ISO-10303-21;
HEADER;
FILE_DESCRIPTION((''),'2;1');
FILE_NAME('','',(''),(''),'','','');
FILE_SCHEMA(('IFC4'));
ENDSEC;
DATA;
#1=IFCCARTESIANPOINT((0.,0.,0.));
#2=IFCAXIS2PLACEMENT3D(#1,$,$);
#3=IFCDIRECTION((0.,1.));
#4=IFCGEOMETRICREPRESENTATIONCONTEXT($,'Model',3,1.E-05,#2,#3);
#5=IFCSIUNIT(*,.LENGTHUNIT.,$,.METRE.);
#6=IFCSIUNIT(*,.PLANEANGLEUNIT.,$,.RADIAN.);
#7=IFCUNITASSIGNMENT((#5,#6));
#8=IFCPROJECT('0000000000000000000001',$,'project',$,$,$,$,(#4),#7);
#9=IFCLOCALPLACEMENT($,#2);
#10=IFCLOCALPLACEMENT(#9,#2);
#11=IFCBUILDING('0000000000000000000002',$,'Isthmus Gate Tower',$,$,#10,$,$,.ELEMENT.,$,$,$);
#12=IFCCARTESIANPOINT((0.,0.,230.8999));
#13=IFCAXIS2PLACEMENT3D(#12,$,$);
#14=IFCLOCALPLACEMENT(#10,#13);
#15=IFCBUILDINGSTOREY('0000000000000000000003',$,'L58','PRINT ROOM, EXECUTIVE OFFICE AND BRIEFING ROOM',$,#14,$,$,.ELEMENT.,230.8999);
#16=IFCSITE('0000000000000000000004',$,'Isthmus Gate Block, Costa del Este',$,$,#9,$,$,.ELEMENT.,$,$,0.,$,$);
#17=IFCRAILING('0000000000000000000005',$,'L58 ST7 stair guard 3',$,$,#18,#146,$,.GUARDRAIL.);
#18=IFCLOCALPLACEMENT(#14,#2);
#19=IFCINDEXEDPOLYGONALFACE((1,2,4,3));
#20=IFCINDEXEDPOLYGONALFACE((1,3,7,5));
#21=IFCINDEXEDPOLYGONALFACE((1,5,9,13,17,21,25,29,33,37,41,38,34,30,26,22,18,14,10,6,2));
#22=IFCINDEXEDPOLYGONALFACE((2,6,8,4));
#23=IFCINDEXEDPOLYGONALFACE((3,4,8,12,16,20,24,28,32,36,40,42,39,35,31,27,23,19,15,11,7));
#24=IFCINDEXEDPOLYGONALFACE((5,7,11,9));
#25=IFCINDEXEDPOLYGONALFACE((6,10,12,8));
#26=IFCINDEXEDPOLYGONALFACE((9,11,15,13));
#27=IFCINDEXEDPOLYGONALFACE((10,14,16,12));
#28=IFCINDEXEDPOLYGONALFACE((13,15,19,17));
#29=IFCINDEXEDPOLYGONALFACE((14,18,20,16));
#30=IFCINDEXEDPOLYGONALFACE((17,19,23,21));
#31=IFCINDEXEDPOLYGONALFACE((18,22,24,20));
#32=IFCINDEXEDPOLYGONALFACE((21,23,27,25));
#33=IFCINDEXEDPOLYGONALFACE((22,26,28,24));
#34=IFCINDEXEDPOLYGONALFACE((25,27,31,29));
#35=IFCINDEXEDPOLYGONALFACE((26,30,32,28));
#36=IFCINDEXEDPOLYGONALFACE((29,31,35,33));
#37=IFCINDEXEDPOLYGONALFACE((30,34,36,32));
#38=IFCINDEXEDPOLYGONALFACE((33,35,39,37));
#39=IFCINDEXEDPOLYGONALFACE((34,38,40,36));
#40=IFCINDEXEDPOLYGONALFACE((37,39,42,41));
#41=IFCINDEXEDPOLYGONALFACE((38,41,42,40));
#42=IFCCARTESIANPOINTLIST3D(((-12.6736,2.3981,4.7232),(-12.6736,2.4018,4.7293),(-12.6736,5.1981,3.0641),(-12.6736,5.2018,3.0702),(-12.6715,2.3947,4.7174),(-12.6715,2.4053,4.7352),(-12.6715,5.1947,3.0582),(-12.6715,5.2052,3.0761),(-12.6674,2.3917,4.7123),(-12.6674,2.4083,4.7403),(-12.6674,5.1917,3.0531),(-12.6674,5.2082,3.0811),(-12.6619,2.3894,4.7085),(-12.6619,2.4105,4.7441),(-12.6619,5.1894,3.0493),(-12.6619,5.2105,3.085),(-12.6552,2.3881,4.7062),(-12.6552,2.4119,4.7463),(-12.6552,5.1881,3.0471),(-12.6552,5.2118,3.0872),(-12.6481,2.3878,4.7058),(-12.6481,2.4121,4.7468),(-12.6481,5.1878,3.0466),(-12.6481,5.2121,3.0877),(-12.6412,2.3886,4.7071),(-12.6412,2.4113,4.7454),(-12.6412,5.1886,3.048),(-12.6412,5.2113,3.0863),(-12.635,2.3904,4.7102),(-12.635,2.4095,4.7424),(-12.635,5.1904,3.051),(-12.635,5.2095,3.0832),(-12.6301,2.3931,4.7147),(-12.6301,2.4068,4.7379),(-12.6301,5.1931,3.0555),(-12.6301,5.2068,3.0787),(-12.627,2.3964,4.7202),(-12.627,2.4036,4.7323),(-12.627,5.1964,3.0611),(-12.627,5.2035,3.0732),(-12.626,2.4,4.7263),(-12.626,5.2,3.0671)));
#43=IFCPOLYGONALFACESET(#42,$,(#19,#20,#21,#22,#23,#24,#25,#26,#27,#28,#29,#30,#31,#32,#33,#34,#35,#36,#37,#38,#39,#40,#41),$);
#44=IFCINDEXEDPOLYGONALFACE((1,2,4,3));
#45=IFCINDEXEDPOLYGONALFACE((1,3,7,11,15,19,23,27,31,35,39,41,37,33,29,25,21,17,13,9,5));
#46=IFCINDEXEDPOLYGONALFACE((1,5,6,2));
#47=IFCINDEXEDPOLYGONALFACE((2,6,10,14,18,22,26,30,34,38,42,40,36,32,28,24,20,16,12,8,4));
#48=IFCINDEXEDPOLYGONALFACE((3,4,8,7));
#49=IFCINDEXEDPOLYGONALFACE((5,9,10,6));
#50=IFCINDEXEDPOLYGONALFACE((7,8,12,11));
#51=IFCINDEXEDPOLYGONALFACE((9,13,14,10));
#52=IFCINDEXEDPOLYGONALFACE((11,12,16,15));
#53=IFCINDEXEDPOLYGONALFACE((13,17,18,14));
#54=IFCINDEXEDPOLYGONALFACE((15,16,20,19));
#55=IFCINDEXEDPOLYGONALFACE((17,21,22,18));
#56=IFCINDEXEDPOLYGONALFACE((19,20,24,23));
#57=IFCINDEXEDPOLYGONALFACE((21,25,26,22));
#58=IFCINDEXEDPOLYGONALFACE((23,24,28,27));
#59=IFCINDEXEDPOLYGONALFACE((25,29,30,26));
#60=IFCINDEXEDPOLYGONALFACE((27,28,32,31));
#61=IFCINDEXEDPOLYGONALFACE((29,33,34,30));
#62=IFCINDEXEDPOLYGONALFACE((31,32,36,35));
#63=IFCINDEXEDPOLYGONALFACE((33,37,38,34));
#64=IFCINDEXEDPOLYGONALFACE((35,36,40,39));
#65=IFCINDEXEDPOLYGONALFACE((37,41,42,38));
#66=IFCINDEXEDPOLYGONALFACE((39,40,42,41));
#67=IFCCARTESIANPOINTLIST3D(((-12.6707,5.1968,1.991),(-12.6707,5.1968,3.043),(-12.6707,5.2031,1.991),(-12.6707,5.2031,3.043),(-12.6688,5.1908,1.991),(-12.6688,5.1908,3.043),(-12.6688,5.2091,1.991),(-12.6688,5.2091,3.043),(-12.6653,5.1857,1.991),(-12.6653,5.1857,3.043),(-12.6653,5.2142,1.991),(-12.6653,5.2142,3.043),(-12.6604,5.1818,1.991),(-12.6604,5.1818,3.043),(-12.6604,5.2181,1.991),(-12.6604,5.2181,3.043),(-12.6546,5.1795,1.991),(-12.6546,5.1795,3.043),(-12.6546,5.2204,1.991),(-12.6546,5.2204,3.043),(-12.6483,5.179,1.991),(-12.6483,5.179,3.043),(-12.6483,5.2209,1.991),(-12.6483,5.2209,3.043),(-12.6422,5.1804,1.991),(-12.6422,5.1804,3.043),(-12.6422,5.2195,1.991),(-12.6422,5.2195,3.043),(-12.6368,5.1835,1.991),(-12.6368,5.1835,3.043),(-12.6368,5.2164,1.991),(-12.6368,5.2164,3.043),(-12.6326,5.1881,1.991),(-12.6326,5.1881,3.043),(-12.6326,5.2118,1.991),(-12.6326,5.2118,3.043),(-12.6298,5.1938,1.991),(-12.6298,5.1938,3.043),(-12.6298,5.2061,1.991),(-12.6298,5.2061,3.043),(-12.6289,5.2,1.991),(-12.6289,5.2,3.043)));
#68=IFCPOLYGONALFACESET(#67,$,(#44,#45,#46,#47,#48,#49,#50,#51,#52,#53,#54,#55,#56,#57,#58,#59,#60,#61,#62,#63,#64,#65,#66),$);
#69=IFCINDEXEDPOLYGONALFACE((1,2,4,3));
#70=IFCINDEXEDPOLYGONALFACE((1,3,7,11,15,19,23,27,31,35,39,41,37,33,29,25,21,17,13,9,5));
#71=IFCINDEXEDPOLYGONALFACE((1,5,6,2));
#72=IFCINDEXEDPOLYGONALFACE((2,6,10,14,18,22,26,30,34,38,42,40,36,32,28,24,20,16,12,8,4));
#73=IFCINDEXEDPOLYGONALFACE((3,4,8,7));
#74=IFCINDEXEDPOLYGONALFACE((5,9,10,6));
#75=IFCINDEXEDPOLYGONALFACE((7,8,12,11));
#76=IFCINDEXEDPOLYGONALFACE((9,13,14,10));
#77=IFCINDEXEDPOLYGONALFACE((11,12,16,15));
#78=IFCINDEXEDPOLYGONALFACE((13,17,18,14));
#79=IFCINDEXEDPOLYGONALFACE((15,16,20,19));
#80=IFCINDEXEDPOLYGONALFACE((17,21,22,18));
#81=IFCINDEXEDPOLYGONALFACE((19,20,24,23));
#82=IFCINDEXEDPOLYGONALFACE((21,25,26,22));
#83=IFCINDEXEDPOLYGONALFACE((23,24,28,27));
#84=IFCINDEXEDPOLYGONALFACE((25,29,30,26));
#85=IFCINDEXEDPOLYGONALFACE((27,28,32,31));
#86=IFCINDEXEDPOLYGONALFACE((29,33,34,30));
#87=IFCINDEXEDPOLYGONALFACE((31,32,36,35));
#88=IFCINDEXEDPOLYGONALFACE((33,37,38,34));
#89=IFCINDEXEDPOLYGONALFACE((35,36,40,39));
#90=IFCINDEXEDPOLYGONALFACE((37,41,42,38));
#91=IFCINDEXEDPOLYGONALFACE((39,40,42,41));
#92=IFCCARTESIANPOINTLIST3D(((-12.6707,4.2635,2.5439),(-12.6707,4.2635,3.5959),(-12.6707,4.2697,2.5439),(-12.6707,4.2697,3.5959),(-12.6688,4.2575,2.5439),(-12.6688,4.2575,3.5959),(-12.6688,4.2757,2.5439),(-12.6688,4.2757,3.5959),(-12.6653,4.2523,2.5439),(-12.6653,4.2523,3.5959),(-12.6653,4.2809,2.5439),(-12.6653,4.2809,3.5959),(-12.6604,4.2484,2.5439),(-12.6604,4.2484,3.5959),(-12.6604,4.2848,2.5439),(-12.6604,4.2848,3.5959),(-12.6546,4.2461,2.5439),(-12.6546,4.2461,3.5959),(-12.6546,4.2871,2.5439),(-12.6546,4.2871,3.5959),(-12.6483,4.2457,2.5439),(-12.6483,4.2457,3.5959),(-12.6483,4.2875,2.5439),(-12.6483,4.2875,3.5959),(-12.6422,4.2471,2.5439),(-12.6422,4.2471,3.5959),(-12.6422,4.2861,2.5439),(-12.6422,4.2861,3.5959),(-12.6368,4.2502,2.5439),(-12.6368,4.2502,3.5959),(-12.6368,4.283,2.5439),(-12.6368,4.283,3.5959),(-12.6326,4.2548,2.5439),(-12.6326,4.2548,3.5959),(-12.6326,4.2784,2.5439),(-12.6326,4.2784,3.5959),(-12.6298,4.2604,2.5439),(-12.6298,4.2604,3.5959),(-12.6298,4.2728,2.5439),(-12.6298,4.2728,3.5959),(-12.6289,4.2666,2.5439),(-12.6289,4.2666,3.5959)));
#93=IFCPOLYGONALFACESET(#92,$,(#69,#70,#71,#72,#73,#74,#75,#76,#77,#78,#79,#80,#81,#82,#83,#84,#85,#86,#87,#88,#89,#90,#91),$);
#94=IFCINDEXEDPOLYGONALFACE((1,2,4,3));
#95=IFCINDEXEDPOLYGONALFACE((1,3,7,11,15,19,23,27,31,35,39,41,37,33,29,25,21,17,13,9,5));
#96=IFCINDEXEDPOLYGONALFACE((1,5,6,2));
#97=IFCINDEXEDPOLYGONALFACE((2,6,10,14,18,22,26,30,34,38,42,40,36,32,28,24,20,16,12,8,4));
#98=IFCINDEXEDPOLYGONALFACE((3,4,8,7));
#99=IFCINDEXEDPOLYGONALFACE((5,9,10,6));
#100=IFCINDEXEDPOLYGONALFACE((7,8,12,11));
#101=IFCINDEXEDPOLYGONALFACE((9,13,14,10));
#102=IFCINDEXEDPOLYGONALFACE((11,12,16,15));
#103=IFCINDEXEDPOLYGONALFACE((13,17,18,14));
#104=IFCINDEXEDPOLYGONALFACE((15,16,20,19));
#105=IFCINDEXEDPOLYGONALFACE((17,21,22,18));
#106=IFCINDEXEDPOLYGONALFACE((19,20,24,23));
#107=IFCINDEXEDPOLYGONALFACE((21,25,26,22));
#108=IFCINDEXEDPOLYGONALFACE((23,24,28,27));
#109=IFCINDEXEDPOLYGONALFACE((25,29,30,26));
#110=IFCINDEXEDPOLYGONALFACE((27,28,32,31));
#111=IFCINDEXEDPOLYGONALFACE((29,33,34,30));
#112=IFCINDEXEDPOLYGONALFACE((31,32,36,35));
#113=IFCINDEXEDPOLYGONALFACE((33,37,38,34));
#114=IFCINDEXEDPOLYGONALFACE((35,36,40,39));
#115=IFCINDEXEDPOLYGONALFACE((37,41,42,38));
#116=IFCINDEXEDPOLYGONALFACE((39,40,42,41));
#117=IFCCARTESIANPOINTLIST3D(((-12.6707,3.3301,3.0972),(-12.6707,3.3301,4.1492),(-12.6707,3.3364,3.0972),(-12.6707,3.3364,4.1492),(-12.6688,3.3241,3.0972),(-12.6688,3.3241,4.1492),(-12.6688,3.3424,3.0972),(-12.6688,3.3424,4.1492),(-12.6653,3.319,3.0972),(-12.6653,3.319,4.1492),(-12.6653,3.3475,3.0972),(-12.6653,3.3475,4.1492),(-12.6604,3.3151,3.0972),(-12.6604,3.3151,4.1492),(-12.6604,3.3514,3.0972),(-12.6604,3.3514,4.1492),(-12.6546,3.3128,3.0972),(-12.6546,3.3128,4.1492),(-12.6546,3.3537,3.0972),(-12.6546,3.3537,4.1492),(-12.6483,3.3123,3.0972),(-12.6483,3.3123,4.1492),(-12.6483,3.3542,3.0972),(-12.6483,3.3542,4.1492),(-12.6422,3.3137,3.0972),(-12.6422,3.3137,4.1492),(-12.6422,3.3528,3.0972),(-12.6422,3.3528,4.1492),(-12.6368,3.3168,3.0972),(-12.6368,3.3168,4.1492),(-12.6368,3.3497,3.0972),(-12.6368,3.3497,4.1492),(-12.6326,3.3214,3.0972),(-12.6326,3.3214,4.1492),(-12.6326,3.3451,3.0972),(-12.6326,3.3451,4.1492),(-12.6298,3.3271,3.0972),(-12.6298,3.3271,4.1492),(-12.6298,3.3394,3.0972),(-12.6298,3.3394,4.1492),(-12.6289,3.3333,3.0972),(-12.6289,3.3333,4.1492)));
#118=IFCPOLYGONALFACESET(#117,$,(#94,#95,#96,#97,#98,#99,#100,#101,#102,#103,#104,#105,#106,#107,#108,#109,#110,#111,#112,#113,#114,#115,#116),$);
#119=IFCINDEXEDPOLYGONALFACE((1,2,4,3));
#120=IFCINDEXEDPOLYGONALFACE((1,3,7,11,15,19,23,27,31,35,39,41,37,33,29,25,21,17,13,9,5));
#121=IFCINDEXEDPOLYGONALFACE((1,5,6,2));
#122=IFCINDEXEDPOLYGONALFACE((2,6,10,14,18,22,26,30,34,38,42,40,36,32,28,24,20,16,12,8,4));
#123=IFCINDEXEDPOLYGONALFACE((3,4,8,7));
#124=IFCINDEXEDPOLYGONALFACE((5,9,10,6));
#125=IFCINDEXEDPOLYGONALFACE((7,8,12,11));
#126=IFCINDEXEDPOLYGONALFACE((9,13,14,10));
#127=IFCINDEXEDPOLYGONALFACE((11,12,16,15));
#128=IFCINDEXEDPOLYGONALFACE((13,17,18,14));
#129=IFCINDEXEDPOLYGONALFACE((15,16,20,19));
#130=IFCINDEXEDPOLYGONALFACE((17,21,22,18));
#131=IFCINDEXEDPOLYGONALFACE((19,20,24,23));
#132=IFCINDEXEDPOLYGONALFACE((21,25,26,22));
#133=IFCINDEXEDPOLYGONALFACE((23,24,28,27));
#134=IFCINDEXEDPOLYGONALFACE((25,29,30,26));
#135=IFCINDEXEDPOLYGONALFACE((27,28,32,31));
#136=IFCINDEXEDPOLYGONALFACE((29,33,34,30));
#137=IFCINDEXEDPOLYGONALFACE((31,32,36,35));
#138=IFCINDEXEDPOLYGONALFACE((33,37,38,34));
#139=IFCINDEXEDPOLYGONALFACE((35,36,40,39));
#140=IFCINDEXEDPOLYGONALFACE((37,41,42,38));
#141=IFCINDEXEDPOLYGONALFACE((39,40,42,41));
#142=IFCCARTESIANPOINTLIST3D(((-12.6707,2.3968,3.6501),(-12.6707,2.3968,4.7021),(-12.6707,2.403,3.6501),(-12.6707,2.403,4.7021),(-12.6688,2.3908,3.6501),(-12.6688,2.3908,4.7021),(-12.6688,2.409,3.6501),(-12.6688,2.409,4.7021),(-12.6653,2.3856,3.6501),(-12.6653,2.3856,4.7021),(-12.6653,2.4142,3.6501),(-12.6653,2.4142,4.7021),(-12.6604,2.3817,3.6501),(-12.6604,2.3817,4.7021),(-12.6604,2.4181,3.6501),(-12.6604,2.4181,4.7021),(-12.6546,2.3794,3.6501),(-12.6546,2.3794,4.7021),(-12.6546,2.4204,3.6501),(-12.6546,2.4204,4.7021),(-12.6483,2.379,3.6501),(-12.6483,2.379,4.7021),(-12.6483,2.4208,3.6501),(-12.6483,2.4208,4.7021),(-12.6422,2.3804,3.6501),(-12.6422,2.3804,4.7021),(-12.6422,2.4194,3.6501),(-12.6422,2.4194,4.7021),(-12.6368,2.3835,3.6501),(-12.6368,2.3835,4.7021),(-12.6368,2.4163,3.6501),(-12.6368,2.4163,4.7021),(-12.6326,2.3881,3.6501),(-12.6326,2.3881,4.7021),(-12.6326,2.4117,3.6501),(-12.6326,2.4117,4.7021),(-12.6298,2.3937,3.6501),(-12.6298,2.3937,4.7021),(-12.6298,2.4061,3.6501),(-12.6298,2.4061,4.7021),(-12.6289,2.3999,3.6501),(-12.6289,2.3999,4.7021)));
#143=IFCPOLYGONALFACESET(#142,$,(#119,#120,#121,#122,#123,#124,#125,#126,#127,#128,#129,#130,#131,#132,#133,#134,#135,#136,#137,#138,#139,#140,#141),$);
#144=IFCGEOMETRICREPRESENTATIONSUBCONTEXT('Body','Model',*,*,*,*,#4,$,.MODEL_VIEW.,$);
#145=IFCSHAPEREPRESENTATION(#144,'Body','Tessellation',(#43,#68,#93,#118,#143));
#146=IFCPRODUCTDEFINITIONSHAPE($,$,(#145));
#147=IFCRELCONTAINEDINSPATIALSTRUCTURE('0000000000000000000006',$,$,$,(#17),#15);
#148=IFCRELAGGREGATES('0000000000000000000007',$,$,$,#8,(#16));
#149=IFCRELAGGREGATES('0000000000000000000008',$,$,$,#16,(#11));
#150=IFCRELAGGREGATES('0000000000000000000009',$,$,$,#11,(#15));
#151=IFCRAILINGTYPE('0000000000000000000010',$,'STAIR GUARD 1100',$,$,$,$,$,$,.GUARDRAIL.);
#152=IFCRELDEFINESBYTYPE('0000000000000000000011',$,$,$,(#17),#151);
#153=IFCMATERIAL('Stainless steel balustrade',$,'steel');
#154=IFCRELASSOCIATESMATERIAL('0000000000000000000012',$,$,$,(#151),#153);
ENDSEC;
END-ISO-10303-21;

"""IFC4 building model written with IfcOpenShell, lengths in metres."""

from ifc_helpers import new_model, si_unit, direction, frame, origin, origin_2d, place, context, subcontext, project, spatial, circle, extrude, material, type_object, element, save


model = new_model("IFC4")

# Units and contexts
model_context = context("Model", 3, precision=1e-05, world=origin(), true_north=direction((0.0, 1.0)))
body_context = subcontext(model_context, "Body", "Model", "MODEL_VIEW")
ifc_project = project(units=[si_unit("LENGTHUNIT", "METRE"), si_unit("PLANEANGLEUNIT", "RADIAN")], contexts=[model_context])

# Site, building, storey
site_placement = place(None, origin())
site = spatial("IfcSite", under=ifc_project, at=site_placement, Name="Isthmus Gate Block, Costa del Este", CompositionType="ELEMENT", RefElevation=0.0)
building_placement = place(site_placement, origin())
building = spatial("IfcBuilding", under=site, at=building_placement, Name="Isthmus Gate Tower", CompositionType="ELEMENT")
storey_placement = place(building_placement, frame((0.0, 0.0, 230.8999)))
storey = spatial("IfcBuildingStorey", under=building, at=storey_placement, Name="L58", Description="PRINT ROOM, EXECUTIVE OFFICE AND BRIEFING ROOM", CompositionType="ELEMENT", Elevation=230.8999)

# Railing
ifc_material_1 = material(Name="Stainless steel balustrade", Category="steel")
railing_type_1 = type_object("IfcRailingType", Name="STAIR GUARD 1100", PredefinedType="GUARDRAIL", material=ifc_material_1)
railing_1_placement = place(storey_placement, frame((-12.6499, 5.2, 1.991)))
element("IfcRailing", 1, at=railing_1_placement, inside=storey, type_object=railing_type_1, Name="L58 ST7 stair guard 3", PredefinedType="GUARDRAIL", context=body_context, shape_type="SweptSolid", body=[
    extrude(circle(Radius=0.0239, at=origin_2d()), frame((0.0, 0.0, 1.0762), z_axis=(0.0, -0.860306, 0.509778), x_axis=(1.0, 0.0, 0.0)), (0.0, 0.0, 1.0), 3.2546),
    extrude(circle(Radius=0.021, at=origin_2d()), origin(), (0.0, 0.0, 1.0), 1.052),
    extrude(circle(Radius=0.021, at=origin_2d()), frame((0.0, -0.9333, 0.553)), (0.0, 0.0, 1.0), 1.052),
    extrude(circle(Radius=0.021, at=origin_2d()), frame((0.0, -1.8667, 1.1062)), (0.0, 0.0, 1.0), 1.052),
    extrude(circle(Radius=0.021, at=origin_2d()), frame((0.0, -2.8, 1.6592)), (0.0, 0.0, 1.0), 1.052),
])

save(model, "model.ifc")
